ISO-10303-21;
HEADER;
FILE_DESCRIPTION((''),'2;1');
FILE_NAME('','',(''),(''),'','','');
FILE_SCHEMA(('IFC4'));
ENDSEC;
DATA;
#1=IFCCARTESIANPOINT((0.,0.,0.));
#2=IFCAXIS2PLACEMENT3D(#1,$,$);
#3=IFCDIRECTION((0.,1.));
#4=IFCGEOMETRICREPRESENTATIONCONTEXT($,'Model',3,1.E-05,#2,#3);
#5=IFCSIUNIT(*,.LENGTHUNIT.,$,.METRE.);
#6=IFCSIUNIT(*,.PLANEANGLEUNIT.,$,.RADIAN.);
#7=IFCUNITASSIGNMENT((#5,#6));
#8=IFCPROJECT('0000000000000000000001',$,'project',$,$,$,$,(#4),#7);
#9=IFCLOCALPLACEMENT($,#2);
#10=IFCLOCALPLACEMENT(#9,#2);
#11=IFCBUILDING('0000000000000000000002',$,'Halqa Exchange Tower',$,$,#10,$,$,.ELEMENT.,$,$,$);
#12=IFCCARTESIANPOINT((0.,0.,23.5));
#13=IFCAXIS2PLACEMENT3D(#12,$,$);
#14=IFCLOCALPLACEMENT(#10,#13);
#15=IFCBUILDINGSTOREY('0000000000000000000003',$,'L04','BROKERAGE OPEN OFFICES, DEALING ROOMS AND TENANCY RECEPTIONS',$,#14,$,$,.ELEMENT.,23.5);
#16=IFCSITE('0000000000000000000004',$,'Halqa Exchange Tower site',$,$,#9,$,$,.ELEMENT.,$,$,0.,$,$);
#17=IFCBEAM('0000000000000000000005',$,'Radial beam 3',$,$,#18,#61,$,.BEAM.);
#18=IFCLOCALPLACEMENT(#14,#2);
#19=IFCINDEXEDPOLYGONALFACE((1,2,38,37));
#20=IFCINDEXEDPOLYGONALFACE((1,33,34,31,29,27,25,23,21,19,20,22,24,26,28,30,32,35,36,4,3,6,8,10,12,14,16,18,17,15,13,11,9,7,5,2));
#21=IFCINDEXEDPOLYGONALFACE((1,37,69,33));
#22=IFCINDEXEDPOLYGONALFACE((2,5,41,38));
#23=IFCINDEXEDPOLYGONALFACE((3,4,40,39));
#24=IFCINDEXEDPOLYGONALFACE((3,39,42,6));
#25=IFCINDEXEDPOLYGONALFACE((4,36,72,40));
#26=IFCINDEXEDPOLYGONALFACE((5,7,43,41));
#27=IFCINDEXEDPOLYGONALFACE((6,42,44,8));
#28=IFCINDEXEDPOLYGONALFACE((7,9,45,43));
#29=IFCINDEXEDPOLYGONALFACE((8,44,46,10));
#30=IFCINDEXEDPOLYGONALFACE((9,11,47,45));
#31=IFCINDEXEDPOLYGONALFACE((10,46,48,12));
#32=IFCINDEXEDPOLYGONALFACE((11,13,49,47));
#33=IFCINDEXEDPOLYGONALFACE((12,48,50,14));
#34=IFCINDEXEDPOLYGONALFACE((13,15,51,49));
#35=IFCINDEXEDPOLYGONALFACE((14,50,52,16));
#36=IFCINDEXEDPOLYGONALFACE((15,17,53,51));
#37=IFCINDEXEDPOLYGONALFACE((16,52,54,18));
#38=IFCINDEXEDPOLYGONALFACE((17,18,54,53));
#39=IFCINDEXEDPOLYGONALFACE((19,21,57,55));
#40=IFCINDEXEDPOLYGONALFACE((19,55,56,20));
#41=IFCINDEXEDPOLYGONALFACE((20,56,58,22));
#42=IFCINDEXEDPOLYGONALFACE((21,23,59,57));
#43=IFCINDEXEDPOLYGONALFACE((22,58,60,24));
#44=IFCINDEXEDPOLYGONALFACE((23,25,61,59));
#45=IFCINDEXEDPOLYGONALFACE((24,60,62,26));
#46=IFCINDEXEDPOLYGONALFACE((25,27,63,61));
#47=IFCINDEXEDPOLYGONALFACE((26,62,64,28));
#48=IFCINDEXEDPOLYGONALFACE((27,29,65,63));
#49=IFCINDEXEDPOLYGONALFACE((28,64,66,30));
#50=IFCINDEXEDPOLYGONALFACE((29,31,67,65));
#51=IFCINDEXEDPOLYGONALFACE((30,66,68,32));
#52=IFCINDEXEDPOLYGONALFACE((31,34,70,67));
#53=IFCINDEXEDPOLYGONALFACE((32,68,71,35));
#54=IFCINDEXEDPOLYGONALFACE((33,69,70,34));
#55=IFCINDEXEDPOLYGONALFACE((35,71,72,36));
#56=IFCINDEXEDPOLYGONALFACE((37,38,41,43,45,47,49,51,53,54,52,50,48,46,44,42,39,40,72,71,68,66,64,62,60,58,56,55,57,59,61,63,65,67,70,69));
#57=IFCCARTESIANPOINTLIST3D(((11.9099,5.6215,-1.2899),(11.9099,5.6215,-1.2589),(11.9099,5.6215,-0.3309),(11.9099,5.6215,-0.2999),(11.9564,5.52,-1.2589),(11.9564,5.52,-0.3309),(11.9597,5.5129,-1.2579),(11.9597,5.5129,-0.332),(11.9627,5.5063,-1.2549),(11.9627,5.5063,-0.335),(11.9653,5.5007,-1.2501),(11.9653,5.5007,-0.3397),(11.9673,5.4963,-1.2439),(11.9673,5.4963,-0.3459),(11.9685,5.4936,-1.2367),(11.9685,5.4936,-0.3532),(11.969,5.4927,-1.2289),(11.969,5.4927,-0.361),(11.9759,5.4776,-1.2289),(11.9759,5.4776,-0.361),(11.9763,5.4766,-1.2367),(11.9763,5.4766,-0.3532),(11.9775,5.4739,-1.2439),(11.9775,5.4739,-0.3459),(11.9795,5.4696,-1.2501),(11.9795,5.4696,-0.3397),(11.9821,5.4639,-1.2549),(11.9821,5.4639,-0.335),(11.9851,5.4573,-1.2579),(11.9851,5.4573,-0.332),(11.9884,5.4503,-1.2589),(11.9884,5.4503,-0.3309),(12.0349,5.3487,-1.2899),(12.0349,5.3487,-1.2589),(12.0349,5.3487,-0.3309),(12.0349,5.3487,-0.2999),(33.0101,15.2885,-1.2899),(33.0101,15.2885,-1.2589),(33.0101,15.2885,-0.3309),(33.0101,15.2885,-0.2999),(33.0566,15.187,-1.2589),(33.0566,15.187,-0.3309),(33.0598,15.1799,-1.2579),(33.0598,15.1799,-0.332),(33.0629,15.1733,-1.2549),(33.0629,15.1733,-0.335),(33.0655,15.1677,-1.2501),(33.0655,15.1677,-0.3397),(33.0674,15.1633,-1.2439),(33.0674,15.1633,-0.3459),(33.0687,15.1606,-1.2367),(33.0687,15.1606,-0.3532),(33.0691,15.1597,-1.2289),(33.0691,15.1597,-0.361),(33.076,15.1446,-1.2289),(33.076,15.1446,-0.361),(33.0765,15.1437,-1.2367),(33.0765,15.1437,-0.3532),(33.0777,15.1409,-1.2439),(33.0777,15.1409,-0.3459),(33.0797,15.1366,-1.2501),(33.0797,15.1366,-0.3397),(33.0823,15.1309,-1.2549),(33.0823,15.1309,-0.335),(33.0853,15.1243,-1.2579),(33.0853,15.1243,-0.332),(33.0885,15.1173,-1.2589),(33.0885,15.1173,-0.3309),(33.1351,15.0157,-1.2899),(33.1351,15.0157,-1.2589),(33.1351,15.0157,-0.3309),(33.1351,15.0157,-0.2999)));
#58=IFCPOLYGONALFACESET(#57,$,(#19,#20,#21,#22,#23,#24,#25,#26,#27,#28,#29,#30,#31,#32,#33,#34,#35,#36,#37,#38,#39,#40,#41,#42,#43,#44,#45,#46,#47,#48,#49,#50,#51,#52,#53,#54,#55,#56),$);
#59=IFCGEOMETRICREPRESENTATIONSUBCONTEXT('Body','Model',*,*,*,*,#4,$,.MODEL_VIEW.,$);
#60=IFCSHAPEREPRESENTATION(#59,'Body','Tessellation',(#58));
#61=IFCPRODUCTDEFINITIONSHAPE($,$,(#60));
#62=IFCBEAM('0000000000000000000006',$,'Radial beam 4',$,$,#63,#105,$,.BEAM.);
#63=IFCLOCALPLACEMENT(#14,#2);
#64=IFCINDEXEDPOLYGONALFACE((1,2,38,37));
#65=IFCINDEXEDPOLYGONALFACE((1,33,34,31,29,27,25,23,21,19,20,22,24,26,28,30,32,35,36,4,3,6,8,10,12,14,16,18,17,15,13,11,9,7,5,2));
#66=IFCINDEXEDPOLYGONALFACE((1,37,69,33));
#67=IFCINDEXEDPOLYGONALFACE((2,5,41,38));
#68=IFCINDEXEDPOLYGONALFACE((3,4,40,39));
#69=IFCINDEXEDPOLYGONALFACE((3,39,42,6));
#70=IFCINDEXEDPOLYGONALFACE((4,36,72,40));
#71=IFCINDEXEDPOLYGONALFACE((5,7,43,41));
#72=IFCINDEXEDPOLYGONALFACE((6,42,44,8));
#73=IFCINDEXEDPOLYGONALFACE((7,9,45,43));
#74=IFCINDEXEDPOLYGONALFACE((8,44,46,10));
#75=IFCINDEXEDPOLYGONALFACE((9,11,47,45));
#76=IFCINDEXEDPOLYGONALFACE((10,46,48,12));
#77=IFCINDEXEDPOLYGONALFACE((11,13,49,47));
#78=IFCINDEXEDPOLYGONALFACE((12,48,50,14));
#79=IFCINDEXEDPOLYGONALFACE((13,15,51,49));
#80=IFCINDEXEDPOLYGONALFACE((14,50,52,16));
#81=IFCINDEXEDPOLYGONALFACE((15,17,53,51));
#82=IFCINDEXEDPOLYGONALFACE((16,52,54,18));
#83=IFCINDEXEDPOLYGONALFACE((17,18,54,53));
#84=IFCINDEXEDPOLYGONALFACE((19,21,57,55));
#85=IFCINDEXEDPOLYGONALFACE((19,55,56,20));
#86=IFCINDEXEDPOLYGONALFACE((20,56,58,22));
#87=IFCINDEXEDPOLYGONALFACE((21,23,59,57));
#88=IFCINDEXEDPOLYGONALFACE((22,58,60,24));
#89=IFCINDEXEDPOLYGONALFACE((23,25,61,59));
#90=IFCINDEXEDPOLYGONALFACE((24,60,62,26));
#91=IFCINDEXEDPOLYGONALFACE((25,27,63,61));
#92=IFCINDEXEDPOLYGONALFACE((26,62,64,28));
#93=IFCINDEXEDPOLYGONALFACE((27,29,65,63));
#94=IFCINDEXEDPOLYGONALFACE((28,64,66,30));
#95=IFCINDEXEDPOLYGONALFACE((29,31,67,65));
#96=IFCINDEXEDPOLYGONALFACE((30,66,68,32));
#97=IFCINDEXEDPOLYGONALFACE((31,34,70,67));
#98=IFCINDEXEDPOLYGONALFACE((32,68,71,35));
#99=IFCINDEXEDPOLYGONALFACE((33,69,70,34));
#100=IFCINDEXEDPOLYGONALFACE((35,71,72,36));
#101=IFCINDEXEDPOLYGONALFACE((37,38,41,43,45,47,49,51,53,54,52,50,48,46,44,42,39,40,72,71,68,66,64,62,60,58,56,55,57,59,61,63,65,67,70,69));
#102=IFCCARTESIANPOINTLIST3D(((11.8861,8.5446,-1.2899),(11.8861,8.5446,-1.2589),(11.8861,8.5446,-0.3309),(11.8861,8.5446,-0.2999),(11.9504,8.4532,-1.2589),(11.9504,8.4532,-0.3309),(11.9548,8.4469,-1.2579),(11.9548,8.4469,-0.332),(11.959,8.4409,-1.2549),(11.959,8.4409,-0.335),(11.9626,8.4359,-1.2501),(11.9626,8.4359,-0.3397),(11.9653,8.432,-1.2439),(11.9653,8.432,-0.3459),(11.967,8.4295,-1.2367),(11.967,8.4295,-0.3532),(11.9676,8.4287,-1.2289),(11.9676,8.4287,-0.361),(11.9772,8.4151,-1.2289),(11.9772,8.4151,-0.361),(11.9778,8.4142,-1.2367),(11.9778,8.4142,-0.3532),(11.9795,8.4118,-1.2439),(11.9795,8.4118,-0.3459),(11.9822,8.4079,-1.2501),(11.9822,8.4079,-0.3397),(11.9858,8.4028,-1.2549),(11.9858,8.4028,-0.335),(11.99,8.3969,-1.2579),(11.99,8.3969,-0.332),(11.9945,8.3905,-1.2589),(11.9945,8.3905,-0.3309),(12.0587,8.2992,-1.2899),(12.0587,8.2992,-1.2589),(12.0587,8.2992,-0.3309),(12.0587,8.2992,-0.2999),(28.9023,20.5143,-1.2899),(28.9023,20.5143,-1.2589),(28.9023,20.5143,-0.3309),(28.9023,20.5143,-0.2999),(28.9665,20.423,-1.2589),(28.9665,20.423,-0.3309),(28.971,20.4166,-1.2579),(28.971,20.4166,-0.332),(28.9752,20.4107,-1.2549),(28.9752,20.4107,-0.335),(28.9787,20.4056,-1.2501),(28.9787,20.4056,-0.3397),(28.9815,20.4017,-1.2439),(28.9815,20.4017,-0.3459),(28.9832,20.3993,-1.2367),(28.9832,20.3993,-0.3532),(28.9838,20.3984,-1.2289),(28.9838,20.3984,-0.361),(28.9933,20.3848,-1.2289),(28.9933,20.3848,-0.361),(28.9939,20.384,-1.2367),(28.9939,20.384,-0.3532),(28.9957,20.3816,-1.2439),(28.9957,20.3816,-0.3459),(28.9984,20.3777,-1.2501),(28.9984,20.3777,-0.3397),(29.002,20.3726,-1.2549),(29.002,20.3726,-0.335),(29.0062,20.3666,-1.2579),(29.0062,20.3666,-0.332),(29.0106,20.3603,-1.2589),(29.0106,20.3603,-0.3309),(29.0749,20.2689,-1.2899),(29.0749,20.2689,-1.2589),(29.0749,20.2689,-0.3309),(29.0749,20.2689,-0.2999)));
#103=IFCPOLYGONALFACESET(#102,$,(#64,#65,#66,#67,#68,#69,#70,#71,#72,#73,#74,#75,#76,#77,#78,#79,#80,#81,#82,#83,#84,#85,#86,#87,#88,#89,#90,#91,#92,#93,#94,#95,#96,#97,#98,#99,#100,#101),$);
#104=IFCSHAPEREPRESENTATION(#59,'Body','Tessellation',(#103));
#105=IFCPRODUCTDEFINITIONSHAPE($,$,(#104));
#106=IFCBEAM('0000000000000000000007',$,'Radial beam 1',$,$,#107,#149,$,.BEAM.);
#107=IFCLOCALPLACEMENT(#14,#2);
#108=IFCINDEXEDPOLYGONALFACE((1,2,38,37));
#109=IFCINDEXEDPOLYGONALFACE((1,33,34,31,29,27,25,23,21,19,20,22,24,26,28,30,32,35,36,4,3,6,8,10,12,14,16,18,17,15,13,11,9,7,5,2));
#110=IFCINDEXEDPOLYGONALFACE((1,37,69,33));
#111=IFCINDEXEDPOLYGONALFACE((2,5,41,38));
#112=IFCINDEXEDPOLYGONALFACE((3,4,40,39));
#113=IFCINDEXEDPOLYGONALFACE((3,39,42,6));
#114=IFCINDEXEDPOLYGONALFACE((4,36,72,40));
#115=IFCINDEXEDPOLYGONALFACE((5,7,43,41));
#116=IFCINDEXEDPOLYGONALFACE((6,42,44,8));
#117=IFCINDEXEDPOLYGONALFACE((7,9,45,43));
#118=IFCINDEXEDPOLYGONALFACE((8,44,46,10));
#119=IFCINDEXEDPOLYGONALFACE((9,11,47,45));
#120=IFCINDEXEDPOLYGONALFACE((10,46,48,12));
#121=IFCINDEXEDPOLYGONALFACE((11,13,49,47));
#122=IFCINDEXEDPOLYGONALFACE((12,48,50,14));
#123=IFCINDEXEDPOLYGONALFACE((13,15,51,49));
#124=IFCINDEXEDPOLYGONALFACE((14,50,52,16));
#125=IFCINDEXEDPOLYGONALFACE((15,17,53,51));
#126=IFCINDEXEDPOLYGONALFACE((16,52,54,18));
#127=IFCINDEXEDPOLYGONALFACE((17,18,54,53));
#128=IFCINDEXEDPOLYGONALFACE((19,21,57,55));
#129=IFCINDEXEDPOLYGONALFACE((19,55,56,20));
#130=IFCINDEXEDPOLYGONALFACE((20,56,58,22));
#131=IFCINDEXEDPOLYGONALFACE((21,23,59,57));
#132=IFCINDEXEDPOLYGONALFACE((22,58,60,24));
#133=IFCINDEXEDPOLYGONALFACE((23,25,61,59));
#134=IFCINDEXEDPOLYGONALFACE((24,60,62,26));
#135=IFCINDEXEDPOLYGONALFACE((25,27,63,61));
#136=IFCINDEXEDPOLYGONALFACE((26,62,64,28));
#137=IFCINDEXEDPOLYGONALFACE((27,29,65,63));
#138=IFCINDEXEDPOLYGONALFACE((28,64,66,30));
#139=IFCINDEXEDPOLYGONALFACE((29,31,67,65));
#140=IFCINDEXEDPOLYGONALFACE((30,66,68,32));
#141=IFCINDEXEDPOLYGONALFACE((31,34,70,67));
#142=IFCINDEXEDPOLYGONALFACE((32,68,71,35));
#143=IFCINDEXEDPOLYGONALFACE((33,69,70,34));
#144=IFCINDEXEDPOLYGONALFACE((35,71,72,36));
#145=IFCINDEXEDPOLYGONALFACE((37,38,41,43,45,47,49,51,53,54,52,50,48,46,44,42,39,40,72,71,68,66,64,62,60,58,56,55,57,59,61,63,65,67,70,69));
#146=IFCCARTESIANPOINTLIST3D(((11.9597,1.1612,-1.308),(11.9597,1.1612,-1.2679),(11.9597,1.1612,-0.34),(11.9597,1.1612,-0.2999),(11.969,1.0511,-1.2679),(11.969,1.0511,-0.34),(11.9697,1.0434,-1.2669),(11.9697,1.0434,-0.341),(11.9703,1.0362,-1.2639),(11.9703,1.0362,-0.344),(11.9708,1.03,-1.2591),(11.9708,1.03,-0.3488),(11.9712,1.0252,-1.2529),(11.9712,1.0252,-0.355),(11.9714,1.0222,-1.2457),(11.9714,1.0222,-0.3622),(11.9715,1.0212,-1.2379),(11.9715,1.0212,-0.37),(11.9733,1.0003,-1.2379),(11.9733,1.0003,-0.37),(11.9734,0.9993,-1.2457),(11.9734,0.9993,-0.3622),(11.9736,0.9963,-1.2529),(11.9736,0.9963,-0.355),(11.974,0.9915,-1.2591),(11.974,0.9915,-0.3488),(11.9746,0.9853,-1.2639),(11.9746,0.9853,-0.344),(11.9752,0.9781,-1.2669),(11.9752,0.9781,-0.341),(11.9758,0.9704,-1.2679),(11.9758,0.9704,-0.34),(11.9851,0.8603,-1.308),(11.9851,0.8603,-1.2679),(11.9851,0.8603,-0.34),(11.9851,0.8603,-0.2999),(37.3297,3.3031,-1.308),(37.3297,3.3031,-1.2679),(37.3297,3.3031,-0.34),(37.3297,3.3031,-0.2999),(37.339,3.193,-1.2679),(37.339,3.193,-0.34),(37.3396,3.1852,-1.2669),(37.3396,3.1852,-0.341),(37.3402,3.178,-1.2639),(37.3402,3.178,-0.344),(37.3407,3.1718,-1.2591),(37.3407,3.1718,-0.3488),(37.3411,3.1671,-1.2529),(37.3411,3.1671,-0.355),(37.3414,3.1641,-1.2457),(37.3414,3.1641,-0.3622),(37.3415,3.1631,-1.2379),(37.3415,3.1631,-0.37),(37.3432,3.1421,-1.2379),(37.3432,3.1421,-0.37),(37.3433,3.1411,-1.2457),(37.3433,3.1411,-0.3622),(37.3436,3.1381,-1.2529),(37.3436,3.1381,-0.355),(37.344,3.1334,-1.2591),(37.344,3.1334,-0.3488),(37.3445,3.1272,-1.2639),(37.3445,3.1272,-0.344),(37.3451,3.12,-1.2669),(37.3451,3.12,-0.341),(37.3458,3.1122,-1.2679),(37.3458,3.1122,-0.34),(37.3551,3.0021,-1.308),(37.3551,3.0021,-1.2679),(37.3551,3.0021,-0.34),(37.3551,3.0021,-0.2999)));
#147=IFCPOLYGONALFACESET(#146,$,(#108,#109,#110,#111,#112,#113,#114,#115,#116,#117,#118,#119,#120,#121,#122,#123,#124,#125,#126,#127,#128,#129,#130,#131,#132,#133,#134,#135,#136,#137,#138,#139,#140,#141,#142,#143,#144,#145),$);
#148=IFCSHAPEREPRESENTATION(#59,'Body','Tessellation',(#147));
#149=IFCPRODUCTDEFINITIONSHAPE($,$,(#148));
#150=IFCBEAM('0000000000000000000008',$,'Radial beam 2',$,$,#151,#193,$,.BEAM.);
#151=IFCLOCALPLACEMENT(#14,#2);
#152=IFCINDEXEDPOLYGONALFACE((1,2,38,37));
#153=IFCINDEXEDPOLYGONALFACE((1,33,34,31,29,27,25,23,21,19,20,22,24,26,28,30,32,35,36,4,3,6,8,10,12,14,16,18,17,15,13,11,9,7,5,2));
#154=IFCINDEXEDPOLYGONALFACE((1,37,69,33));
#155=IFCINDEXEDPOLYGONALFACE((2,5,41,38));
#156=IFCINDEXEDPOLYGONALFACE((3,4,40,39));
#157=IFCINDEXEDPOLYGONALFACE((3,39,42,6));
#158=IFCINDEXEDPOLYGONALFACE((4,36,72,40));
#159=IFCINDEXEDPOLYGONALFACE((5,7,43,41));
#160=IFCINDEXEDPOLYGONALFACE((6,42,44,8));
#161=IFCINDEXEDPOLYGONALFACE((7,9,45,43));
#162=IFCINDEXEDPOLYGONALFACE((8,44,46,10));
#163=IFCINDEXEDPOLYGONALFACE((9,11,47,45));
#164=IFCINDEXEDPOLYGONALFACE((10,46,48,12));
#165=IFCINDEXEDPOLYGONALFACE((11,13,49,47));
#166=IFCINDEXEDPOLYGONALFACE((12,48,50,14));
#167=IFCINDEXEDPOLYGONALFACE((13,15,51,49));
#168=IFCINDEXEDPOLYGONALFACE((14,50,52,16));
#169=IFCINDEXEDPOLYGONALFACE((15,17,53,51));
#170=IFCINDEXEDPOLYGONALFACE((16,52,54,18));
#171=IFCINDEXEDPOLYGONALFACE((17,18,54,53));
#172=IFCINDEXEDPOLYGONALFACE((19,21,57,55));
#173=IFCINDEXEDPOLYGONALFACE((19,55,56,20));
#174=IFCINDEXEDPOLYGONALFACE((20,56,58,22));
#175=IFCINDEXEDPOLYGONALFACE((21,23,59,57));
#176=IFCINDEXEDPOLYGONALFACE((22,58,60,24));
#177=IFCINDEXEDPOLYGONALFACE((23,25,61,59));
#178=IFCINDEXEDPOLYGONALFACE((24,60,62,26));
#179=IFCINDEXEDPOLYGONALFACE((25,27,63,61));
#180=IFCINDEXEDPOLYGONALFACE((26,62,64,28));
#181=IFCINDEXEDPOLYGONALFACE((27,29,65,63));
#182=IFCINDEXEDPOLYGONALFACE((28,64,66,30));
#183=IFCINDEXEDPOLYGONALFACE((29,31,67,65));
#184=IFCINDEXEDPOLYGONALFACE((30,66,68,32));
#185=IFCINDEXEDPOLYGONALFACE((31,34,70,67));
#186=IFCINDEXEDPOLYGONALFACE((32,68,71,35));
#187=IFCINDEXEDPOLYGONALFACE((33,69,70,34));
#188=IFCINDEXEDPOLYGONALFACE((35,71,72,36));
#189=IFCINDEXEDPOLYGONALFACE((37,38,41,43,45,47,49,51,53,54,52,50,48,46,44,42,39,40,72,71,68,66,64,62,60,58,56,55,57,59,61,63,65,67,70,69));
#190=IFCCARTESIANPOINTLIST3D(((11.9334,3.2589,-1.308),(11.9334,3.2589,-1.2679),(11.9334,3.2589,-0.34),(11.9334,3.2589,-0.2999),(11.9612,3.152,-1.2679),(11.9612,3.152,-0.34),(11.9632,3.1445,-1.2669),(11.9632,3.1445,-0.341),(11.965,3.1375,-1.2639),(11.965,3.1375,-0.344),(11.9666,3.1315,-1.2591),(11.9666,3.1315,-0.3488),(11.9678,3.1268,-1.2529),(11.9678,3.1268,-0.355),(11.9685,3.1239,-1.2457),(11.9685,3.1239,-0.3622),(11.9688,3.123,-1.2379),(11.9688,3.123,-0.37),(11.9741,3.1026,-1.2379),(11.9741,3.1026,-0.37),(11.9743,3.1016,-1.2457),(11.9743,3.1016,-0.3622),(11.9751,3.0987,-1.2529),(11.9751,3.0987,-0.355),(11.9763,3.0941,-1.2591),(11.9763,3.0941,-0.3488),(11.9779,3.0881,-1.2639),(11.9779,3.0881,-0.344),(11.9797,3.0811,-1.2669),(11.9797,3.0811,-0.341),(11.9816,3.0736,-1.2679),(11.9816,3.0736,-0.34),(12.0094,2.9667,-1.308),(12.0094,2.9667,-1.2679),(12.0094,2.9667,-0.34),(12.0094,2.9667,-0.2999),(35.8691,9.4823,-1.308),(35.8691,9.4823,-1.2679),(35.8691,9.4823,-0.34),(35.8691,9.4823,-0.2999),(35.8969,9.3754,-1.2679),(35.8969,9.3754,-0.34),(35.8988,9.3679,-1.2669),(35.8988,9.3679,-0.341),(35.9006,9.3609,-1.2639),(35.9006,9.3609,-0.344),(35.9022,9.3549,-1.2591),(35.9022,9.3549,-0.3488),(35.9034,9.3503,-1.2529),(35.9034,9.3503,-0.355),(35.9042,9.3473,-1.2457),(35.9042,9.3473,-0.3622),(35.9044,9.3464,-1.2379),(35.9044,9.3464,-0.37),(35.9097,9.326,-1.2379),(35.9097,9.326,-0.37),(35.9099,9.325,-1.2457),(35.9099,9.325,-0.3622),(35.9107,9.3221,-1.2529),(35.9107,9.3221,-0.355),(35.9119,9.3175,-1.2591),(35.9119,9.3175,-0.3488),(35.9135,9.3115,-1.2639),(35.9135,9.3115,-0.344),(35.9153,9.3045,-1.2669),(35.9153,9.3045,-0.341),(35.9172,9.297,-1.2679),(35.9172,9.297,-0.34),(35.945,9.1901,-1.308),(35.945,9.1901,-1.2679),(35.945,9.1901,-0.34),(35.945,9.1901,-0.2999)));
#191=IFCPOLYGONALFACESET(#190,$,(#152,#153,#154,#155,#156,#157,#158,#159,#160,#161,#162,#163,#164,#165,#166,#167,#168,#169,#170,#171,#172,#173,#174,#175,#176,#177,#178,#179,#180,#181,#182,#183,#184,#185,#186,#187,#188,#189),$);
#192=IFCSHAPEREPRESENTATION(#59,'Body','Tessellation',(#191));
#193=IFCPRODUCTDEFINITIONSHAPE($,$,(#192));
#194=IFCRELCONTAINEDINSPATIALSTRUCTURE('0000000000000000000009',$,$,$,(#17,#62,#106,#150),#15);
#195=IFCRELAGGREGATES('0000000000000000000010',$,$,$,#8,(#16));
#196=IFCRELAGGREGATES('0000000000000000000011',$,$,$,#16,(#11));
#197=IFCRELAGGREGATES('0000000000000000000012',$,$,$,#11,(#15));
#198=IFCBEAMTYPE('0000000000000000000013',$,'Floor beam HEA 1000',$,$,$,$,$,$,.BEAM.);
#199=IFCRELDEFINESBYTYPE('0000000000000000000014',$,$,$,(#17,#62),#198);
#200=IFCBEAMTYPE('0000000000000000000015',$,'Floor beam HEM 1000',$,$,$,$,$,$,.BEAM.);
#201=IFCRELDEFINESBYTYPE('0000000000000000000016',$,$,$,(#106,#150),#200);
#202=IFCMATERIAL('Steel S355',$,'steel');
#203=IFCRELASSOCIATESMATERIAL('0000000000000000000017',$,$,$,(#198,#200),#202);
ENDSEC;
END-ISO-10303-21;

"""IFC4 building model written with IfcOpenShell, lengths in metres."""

from ifc_helpers import new_model, si_unit, direction, frame, origin, origin_2d, place, context, subcontext, project, spatial, i_section, extrude, material, material_profile, profile_set, type_object, element, save


model = new_model("IFC4")

# Units and contexts
model_context = context("Model", 3, precision=1e-05, world=origin(), true_north=direction((0.0, 1.0)))
body_context = subcontext(model_context, "Body", "Model", "MODEL_VIEW")
ifc_project = project(units=[si_unit("LENGTHUNIT", "METRE"), si_unit("PLANEANGLEUNIT", "RADIAN")], contexts=[model_context])

# Site, building, storey
site_placement = place(None, origin())
site = spatial("IfcSite", under=ifc_project, at=site_placement, Name="Halqa Exchange Tower site", CompositionType="ELEMENT", RefElevation=0.0)
building_placement = place(site_placement, origin())
building = spatial("IfcBuilding", under=site, at=building_placement, Name="Halqa Exchange Tower", CompositionType="ELEMENT")
storey_placement = place(building_placement, frame((0.0, 0.0, 23.5)))
storey = spatial("IfcBuildingStorey", under=building, at=storey_placement, Name="L04", Description="BROKERAGE OPEN OFFICES, DEALING ROOMS AND TENANCY RECEPTIONS", CompositionType="ELEMENT", Elevation=23.5)

# Beams
ifc_material_1 = material(Name="Steel S355", Category="steel")
ifc_material_profile_1 = material_profile(ifc_material_1, i_section(OverallWidth=0.3, OverallDepth=0.99, WebThickness=0.0166, FlangeThickness=0.031, FilletRadius=0.03, at=origin_2d()), Name="HEA 1000")
ifc_profile_set_1 = profile_set([ifc_material_profile_1], Name="Steel S355")
beam_type_1 = type_object("IfcBeamType", Name="Floor beam HEA 1000", PredefinedType="BEAM", material=ifc_profile_set_1)
beam_1_placement = place(storey_placement, frame((11.9724, 5.4851, -0.7949), z_axis=(0.909128, 0.416516, 0.0), x_axis=(-0.416516, 0.909128, 0.0)))
element("IfcBeam", 1, at=beam_1_placement, inside=storey, type_object=beam_type_1, Name="Radial beam 3", PredefinedType="BEAM", context=body_context, shape_type="SweptSolid", body=[
    extrude(i_section(OverallWidth=0.3, OverallDepth=0.99, WebThickness=0.0166, FlangeThickness=0.031, FilletRadius=0.03, at=origin_2d()), origin(), (0.0, 0.0, 1.0), 23.2092),
])
beam_2_placement = place(storey_placement, frame((11.9724, 8.4219, -0.7949), z_axis=(0.81791, 0.575346, 0.0), x_axis=(-0.575346, 0.81791, 0.0)))
element("IfcBeam", 2, at=beam_2_placement, inside=storey, type_object=beam_type_1, Name="Radial beam 4", PredefinedType="BEAM", context=body_context, shape_type="SweptSolid", body=[
    extrude(i_section(OverallWidth=0.3, OverallDepth=0.99, WebThickness=0.0166, FlangeThickness=0.031, FilletRadius=0.03, at=origin_2d()), origin(), (0.0, 0.0, 1.0), 20.8044),
])
ifc_material_profile_2 = material_profile(ifc_material_1, i_section(OverallWidth=0.302, OverallDepth=1.0081, WebThickness=0.021, FlangeThickness=0.04, FilletRadius=0.03, at=origin_2d()), Name="HEM 1000")
ifc_profile_set_2 = profile_set([ifc_material_profile_2], Name="Steel S355")
beam_type_2 = type_object("IfcBeamType", Name="Floor beam HEM 1000", PredefinedType="BEAM", material=ifc_profile_set_2)
beam_3_placement = place(storey_placement, frame((11.9724, 1.0107, -0.804), z_axis=(0.996455, 0.084125, 0.0), x_axis=(-0.084125, 0.996455, 0.0)))
element("IfcBeam", 3, at=beam_3_placement, inside=storey, type_object=beam_type_2, Name="Radial beam 1", PredefinedType="BEAM", context=body_context, shape_type="SweptSolid", body=[
    extrude(i_section(OverallWidth=0.302, OverallDepth=1.0081, WebThickness=0.021, FlangeThickness=0.04, FilletRadius=0.03, at=origin_2d()), origin(), (0.0, 0.0, 1.0), 25.4602),
])
beam_4_placement = place(storey_placement, frame((11.9714, 3.1128, -0.804), z_axis=(0.967821, 0.251639, 0.0), x_axis=(-0.251639, 0.967821, 0.0)))
element("IfcBeam", 4, at=beam_4_placement, inside=storey, type_object=beam_type_2, Name="Radial beam 2", PredefinedType="BEAM", context=body_context, shape_type="SweptSolid", body=[
    extrude(i_section(OverallWidth=0.302, OverallDepth=1.0081, WebThickness=0.021, FlangeThickness=0.04, FilletRadius=0.03, at=origin_2d()), origin(), (0.0, 0.0, 1.0), 24.7314),
])

save(model, "model.ifc")
